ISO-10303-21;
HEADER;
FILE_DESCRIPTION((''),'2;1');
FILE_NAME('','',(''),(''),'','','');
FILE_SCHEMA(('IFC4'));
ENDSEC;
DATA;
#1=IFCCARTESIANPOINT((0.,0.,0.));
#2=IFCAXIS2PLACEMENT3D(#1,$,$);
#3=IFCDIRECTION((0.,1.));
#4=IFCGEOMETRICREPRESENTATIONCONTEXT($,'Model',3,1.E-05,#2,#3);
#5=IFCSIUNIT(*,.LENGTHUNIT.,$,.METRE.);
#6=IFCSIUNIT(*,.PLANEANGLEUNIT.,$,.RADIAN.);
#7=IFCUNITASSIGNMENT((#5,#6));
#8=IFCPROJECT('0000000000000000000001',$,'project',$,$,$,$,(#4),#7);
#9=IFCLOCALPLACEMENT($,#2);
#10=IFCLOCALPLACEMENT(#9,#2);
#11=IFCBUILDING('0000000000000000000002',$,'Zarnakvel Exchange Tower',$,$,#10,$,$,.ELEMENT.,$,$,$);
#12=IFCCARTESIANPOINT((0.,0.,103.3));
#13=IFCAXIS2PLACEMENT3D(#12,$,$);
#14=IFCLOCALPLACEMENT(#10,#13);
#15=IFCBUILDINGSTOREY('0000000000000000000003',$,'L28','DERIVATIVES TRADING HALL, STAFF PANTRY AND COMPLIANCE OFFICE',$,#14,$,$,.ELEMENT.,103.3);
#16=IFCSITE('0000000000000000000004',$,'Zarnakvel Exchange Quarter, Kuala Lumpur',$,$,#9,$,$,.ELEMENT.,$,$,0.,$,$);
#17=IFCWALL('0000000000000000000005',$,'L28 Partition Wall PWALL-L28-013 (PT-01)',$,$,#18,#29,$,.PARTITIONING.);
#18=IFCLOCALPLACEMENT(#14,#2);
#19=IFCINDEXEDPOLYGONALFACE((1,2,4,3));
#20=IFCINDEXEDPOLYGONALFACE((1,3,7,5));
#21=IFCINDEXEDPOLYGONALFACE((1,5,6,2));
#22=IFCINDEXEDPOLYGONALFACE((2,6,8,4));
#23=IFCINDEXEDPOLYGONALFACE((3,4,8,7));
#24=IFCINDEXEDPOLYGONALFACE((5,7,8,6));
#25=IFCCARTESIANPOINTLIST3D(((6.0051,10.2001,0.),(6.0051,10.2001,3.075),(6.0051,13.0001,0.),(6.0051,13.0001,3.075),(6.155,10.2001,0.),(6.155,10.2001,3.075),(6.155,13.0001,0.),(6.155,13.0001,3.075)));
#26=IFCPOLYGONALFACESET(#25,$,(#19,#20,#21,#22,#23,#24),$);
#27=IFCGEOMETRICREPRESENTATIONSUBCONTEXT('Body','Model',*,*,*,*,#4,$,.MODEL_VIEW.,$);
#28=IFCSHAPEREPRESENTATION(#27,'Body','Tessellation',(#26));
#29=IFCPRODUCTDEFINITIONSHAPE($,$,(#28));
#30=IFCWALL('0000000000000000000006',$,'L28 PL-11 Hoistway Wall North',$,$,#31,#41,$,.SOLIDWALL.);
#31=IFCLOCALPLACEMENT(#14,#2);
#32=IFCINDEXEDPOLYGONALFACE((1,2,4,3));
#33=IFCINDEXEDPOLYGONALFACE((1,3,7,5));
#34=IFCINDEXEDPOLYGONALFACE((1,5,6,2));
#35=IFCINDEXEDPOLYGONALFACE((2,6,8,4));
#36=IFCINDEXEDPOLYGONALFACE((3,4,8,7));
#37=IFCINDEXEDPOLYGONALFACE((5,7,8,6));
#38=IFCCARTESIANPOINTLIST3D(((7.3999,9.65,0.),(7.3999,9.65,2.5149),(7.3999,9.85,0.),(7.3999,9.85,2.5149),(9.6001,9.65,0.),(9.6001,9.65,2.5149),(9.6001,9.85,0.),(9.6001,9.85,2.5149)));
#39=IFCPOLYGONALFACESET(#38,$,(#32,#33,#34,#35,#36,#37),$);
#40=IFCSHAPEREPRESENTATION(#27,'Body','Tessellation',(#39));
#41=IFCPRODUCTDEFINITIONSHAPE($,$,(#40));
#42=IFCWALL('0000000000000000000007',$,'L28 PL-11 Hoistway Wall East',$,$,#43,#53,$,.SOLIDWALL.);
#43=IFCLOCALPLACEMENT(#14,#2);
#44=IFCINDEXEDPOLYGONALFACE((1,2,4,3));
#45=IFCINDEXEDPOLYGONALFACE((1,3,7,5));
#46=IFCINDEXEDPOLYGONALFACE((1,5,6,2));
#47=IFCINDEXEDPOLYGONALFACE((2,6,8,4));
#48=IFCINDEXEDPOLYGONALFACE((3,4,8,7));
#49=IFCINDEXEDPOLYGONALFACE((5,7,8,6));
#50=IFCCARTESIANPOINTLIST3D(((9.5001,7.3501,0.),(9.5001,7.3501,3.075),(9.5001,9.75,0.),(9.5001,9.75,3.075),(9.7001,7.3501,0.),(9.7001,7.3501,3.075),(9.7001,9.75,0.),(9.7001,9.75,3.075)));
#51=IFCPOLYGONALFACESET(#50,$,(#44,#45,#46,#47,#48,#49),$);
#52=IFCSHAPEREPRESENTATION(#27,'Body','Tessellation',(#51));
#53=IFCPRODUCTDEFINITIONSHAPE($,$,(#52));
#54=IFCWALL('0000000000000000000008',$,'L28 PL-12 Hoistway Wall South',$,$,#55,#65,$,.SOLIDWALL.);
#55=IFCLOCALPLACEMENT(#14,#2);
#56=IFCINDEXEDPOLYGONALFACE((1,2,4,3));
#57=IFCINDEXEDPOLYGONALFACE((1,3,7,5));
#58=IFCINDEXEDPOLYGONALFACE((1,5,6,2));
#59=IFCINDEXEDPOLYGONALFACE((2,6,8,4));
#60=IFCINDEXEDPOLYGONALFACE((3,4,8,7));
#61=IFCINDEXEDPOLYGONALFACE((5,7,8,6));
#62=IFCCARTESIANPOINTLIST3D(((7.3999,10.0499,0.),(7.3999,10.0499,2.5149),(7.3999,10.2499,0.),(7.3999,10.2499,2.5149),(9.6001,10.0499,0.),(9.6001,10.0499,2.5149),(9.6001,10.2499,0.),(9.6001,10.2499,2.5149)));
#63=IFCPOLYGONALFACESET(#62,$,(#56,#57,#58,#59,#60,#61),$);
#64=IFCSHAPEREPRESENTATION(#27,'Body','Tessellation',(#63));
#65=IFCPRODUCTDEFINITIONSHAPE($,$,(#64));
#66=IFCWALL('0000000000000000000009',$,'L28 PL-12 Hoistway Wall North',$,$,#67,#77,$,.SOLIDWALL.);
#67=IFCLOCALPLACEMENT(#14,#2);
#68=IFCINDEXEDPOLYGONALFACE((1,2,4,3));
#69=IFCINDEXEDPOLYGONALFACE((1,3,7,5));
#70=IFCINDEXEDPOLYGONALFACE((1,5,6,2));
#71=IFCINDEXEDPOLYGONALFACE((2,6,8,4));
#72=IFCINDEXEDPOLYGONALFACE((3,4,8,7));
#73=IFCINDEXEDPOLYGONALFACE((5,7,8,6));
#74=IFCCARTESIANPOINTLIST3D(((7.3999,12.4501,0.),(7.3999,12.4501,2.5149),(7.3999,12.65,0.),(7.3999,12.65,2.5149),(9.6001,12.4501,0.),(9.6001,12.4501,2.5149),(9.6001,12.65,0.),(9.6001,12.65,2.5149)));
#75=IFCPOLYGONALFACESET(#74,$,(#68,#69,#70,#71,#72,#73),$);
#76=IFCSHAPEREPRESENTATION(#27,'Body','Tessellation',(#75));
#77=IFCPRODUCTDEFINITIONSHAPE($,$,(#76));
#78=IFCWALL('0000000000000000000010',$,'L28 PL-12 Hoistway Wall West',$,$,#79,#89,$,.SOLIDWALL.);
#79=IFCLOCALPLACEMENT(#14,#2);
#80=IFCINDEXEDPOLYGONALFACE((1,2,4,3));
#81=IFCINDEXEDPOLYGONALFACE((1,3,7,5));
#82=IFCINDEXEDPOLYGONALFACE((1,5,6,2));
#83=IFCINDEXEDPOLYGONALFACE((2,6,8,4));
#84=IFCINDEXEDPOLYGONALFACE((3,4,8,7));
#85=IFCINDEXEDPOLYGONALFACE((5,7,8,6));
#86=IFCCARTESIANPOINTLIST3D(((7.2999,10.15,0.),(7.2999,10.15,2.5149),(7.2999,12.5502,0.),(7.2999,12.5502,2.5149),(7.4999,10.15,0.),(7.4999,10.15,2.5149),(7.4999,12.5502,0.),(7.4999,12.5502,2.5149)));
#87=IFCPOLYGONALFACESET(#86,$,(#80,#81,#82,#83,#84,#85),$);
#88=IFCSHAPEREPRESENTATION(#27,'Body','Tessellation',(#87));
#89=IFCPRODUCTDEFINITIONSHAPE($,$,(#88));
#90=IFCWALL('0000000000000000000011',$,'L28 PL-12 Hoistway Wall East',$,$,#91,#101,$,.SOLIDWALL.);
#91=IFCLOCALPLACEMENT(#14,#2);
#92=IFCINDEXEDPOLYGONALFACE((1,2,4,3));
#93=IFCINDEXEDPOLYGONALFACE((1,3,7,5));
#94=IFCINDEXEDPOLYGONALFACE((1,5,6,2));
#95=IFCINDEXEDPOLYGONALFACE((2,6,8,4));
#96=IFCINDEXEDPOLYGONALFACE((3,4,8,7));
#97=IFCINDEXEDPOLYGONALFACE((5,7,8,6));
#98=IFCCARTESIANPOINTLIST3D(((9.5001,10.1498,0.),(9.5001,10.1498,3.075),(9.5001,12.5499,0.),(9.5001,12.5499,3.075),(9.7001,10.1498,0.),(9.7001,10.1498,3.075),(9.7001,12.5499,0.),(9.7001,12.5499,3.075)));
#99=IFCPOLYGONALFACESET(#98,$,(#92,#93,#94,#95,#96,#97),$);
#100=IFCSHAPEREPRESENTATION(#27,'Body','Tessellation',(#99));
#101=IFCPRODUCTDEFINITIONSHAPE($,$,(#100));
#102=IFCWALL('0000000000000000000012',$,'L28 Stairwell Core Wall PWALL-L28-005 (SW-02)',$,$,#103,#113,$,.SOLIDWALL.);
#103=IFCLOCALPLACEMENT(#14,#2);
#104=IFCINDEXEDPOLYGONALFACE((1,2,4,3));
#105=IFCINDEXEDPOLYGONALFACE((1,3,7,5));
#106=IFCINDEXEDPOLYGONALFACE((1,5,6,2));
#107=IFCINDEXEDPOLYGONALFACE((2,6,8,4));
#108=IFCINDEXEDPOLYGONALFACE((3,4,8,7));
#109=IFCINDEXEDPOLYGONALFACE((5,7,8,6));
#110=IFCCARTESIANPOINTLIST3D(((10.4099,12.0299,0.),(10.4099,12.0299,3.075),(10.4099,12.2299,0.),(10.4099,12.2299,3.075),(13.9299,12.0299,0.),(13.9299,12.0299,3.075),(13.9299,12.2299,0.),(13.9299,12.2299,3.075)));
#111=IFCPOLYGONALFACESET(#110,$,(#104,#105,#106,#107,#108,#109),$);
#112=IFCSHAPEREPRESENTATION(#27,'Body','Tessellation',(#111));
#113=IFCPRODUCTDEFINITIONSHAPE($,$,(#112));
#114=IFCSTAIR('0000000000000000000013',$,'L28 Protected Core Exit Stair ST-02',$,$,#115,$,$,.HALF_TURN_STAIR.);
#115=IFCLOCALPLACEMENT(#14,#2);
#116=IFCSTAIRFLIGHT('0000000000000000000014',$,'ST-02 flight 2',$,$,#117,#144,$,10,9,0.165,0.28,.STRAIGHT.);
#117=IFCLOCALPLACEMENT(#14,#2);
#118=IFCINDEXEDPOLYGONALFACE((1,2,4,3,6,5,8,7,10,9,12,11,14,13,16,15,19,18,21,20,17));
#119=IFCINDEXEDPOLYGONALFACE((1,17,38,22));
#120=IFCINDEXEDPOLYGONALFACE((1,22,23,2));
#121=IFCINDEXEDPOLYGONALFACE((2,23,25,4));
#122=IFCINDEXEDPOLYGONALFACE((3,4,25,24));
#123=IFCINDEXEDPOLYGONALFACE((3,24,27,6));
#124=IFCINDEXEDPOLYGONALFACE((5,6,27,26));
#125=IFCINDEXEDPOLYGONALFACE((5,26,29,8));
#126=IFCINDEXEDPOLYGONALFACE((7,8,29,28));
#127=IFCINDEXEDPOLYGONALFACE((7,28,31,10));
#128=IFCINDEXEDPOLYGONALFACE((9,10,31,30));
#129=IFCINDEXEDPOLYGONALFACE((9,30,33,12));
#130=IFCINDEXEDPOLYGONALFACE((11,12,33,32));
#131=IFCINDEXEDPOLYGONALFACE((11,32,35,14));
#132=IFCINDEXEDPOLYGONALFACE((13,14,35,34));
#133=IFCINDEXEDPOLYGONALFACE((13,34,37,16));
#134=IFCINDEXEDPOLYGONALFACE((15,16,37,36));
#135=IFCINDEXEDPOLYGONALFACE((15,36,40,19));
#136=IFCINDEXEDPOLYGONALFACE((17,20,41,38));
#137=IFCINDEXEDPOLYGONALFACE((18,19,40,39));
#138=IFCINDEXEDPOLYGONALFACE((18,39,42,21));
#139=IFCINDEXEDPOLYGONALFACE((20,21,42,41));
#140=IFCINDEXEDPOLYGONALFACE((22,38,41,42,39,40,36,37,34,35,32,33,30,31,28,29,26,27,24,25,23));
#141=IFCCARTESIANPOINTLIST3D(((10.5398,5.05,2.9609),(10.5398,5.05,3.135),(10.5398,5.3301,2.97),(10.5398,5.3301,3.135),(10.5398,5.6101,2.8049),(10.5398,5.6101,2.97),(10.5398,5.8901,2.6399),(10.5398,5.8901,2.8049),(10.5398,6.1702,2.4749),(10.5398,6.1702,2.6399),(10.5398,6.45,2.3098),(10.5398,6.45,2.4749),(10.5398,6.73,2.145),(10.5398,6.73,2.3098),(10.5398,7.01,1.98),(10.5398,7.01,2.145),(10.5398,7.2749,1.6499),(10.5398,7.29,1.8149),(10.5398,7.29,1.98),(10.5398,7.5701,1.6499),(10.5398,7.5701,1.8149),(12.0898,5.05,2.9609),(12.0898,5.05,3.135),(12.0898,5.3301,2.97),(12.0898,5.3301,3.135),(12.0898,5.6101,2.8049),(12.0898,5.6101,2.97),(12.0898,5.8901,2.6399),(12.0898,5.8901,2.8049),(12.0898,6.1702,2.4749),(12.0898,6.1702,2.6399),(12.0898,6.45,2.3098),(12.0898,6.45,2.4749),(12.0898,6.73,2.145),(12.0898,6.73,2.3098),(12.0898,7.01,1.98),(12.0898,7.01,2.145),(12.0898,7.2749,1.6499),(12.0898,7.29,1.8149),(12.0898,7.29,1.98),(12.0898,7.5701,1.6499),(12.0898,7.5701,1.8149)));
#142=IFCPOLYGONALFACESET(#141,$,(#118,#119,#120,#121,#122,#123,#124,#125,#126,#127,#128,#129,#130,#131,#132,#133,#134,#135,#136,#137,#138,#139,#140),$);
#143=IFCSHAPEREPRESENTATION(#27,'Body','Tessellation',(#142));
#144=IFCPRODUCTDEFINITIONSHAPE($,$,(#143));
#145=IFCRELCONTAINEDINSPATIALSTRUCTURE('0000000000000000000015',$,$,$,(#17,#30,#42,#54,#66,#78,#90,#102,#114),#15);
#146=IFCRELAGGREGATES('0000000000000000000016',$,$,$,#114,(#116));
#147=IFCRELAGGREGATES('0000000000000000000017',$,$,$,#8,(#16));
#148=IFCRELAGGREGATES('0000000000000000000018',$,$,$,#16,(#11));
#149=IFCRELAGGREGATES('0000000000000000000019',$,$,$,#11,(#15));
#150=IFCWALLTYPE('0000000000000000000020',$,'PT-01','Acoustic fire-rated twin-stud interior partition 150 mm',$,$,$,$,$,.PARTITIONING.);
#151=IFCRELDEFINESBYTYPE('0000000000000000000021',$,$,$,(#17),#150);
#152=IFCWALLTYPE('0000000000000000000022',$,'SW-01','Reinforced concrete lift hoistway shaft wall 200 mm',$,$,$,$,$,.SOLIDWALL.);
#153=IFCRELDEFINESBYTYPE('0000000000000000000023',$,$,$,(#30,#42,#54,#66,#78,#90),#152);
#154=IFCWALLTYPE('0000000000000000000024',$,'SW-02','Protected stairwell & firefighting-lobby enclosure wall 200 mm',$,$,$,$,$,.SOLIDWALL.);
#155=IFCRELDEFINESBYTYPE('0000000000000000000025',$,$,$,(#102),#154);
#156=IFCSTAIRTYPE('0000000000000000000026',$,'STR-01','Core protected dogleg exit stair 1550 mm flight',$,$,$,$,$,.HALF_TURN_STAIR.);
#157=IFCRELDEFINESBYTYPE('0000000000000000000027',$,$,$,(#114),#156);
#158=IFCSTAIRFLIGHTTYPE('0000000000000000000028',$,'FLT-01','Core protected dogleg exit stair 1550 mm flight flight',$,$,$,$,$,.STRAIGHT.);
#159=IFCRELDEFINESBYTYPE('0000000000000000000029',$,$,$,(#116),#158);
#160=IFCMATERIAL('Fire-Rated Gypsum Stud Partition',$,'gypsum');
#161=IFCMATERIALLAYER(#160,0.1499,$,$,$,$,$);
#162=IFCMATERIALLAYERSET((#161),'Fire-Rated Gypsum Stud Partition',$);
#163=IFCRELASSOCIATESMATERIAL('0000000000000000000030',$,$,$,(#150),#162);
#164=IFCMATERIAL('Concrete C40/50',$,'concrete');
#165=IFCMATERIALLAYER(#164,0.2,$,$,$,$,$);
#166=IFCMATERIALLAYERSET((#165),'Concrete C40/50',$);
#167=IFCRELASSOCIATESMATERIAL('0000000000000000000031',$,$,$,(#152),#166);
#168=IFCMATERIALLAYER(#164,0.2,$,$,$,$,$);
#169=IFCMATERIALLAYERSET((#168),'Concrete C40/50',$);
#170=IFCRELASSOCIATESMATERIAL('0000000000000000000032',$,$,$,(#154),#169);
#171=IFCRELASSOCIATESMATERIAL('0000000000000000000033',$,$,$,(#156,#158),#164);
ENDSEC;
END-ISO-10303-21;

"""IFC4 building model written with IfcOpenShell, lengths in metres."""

from ifc_helpers import new_model, si_unit, direction, frame, frame_2d, origin, place, context, subcontext, project, spatial, polyline, rectangle, outline, extrude, material, layer, layer_set, type_object, element, aggregate, save


model = new_model("IFC4")

# Units and contexts
model_context = context("Model", 3, precision=1e-05, world=origin(), true_north=direction((0.0, 1.0)))
body_context = subcontext(model_context, "Body", "Model", "MODEL_VIEW")
ifc_project = project(units=[si_unit("LENGTHUNIT", "METRE"), si_unit("PLANEANGLEUNIT", "RADIAN")], contexts=[model_context])

# Site, building, storey
site_placement = place(None, origin())
site = spatial("IfcSite", under=ifc_project, at=site_placement, Name="Zarnakvel Exchange Quarter, Kuala Lumpur", CompositionType="ELEMENT", RefElevation=0.0)
building_placement = place(site_placement, origin())
building = spatial("IfcBuilding", under=site, at=building_placement, Name="Zarnakvel Exchange Tower", CompositionType="ELEMENT")
storey_placement = place(building_placement, frame((0.0, 0.0, 103.3)))
storey = spatial("IfcBuildingStorey", under=building, at=storey_placement, Name="L28", Description="DERIVATIVES TRADING HALL, STAFF PANTRY AND COMPLIANCE OFFICE", CompositionType="ELEMENT", Elevation=103.3)

# Shared definitions
ifc_material_1 = material(Name="Fire-Rated Gypsum Stud Partition", Category="gypsum")
ifc_layer_1 = layer(ifc_material_1, 0.1499)
ifc_layer_set_1 = layer_set([ifc_layer_1], Name="Fire-Rated Gypsum Stud Partition")
wall_type_1 = type_object("IfcWallType", Name="PT-01", Description="Acoustic fire-rated twin-stud interior partition 150 mm", PredefinedType="PARTITIONING", material=ifc_layer_set_1)

# Walls
wall_1_placement = place(storey_placement, frame((6.0801, 13.0, 0.0), z_axis=(0.0, 0.0, 1.0), x_axis=(0.0, -1.0, 0.0)))
element("IfcWall", 1, at=wall_1_placement, inside=storey, type_object=wall_type_1, Name="L28 Partition Wall PWALL-L28-013 (PT-01)", PredefinedType="PARTITIONING", context=body_context, shape_type="SweptSolid", body=[
    extrude(rectangle(XDim=2.8, YDim=0.1499, at=frame_2d((1.3999, 0.0))), origin(), (0.0, 0.0, 1.0), 3.075),
])
ifc_material_2 = material(Name="Concrete C40/50", Category="concrete")
ifc_layer_2 = layer(ifc_material_2, 0.2)
ifc_layer_set_2 = layer_set([ifc_layer_2], Name="Concrete C40/50")
wall_type_2 = type_object("IfcWallType", Name="SW-01", Description="Reinforced concrete lift hoistway shaft wall 200 mm", PredefinedType="SOLIDWALL", material=ifc_layer_set_2)
wall_2_placement = place(storey_placement, frame((7.3999, 9.75, 0.0), z_axis=(0.0, 0.0, 1.0), x_axis=(1.0, 0.0, 0.0)))
element("IfcWall", 2, at=wall_2_placement, inside=storey, type_object=wall_type_2, Name="L28 PL-11 Hoistway Wall North", PredefinedType="SOLIDWALL", context=body_context, shape_type="SweptSolid", body=[
    extrude(rectangle(XDim=2.2002, YDim=0.2, at=frame_2d((1.1001, 0.0))), origin(), (0.0, 0.0, 1.0), 2.5149),
])
wall_3_placement = place(storey_placement, frame((9.6001, 9.75, 0.0), z_axis=(0.0, 0.0, 1.0), x_axis=(0.0, -1.0, 0.0)))
element("IfcWall", 3, at=wall_3_placement, inside=storey, type_object=wall_type_2, Name="L28 PL-11 Hoistway Wall East", PredefinedType="SOLIDWALL", context=body_context, shape_type="SweptSolid", body=[
    extrude(rectangle(XDim=2.3999, YDim=0.2, at=frame_2d((1.2, 0.0))), origin(), (0.0, 0.0, 1.0), 3.075),
])
for number, where, z_axis, x_axis, name in (
    (4, (9.6001, 10.1499, 0.0), (0.0, 0.0, 1.0), (-1.0, 0.0, 0.0), "L28 PL-12 Hoistway Wall South"),
    (5, (7.3999, 12.55, 0.0), (0.0, 0.0, 1.0), (1.0, 0.0, 0.0), "L28 PL-12 Hoistway Wall North"),
):
    element("IfcWall", number, at=place(storey_placement, frame(where, z_axis=z_axis, x_axis=x_axis)), inside=storey, type_object=wall_type_2, Name=name, PredefinedType="SOLIDWALL", context=body_context, shape_type="SweptSolid", body=[
        extrude(rectangle(XDim=2.2002, YDim=0.2, at=frame_2d((1.1001, 0.0))), origin(), (0.0, 0.0, 1.0), 2.5149),
    ])
wall_4_placement = place(storey_placement, frame((7.3999, 10.1499, 0.0), z_axis=(0.0, 0.0, 1.0), x_axis=(0.0, 1.0, 0.0)))
element("IfcWall", 6, at=wall_4_placement, inside=storey, type_object=wall_type_2, Name="L28 PL-12 Hoistway Wall West", PredefinedType="SOLIDWALL", context=body_context, shape_type="SweptSolid", body=[
    extrude(rectangle(XDim=2.4001, YDim=0.2, at=frame_2d((1.2002, 0.0))), origin(), (0.0, 0.0, 1.0), 2.5149),
])
wall_5_placement = place(storey_placement, frame((9.6001, 12.55, 0.0), z_axis=(0.0, 0.0, 1.0), x_axis=(0.0, -1.0, 0.0)))
element("IfcWall", 7, at=wall_5_placement, inside=storey, type_object=wall_type_2, Name="L28 PL-12 Hoistway Wall East", PredefinedType="SOLIDWALL", context=body_context, shape_type="SweptSolid", body=[
    extrude(rectangle(XDim=2.4001, YDim=0.2, at=frame_2d((1.2002, 0.0))), origin(), (0.0, 0.0, 1.0), 3.075),
])
ifc_layer_3 = layer(ifc_material_2, 0.2)
ifc_layer_set_3 = layer_set([ifc_layer_3], Name="Concrete C40/50")
wall_type_3 = type_object("IfcWallType", Name="SW-02", Description="Protected stairwell & firefighting-lobby enclosure wall 200 mm", PredefinedType="SOLIDWALL", material=ifc_layer_set_3)
wall_6_placement = place(storey_placement, frame((10.4099, 12.1299, 0.0), z_axis=(0.0, 0.0, 1.0), x_axis=(1.0, 0.0, 0.0)))
element("IfcWall", 8, at=wall_6_placement, inside=storey, type_object=wall_type_3, Name="L28 Stairwell Core Wall PWALL-L28-005 (SW-02)", PredefinedType="SOLIDWALL", context=body_context, shape_type="SweptSolid", body=[
    extrude(rectangle(XDim=3.52, YDim=0.2, at=frame_2d((1.76, 0.0))), origin(), (0.0, 0.0, 1.0), 3.075),
])

# Stair, stair flight
stair_type = type_object("IfcStairType", Name="STR-01", Description="Core protected dogleg exit stair 1550 mm flight", PredefinedType="HALF_TURN_STAIR", material=ifc_material_2)
stair_placement = place(storey_placement, origin())
stair = element("IfcStair", 9, at=stair_placement, inside=storey, type_object=stair_type, Name="L28 Protected Core Exit Stair ST-02", PredefinedType="HALF_TURN_STAIR")
stair_flight_type = type_object("IfcStairFlightType", Name="FLT-01", Description="Core protected dogleg exit stair 1550 mm flight flight", PredefinedType="STRAIGHT", material=ifc_material_2)
stair_flight_placement = place(storey_placement, frame((11.3149, 7.5701, 1.6499), z_axis=(0.0, 0.0, 1.0), x_axis=(0.0, -1.0, 0.0)))
stair_flight = element("IfcStairFlight", 10, at=stair_flight_placement, type_object=stair_flight_type, Name="ST-02 flight 2", NumberOfRisers=10, NumberOfTreads=9, PredefinedType="STRAIGHT", RiserHeight=0.165, TreadLength=0.28, context=body_context, shape_type="SweptSolid", body=[
    extrude(outline(polyline([(0.0, 0.0), (0.0, 0.165), (0.28, 0.165), (0.28, 0.3301), (0.5601, 0.3301), (0.5601, 0.4951), (0.8401, 0.4951), (0.8401, 0.6599), (1.1201, 0.6599), (1.1201, 0.825), (1.3999, 0.825), (1.3999, 0.99), (1.6799, 0.99), (1.6799, 1.155), (1.96, 1.155), (1.96, 1.3201), (2.24, 1.3201), (2.24, 1.4851), (2.52, 1.4851), (2.52, 1.6499), (2.52, 1.311), (0.2952, 0.0), (0.0, 0.0)])), frame((0.0, 0.7749, 0.0), z_axis=(0.0, -1.0, 0.0), x_axis=(1.0, 0.0, 0.0)), (0.0, 0.0, 1.0), 1.55),
])
aggregate(stair, [stair_flight])

save(model, "model.ifc")
